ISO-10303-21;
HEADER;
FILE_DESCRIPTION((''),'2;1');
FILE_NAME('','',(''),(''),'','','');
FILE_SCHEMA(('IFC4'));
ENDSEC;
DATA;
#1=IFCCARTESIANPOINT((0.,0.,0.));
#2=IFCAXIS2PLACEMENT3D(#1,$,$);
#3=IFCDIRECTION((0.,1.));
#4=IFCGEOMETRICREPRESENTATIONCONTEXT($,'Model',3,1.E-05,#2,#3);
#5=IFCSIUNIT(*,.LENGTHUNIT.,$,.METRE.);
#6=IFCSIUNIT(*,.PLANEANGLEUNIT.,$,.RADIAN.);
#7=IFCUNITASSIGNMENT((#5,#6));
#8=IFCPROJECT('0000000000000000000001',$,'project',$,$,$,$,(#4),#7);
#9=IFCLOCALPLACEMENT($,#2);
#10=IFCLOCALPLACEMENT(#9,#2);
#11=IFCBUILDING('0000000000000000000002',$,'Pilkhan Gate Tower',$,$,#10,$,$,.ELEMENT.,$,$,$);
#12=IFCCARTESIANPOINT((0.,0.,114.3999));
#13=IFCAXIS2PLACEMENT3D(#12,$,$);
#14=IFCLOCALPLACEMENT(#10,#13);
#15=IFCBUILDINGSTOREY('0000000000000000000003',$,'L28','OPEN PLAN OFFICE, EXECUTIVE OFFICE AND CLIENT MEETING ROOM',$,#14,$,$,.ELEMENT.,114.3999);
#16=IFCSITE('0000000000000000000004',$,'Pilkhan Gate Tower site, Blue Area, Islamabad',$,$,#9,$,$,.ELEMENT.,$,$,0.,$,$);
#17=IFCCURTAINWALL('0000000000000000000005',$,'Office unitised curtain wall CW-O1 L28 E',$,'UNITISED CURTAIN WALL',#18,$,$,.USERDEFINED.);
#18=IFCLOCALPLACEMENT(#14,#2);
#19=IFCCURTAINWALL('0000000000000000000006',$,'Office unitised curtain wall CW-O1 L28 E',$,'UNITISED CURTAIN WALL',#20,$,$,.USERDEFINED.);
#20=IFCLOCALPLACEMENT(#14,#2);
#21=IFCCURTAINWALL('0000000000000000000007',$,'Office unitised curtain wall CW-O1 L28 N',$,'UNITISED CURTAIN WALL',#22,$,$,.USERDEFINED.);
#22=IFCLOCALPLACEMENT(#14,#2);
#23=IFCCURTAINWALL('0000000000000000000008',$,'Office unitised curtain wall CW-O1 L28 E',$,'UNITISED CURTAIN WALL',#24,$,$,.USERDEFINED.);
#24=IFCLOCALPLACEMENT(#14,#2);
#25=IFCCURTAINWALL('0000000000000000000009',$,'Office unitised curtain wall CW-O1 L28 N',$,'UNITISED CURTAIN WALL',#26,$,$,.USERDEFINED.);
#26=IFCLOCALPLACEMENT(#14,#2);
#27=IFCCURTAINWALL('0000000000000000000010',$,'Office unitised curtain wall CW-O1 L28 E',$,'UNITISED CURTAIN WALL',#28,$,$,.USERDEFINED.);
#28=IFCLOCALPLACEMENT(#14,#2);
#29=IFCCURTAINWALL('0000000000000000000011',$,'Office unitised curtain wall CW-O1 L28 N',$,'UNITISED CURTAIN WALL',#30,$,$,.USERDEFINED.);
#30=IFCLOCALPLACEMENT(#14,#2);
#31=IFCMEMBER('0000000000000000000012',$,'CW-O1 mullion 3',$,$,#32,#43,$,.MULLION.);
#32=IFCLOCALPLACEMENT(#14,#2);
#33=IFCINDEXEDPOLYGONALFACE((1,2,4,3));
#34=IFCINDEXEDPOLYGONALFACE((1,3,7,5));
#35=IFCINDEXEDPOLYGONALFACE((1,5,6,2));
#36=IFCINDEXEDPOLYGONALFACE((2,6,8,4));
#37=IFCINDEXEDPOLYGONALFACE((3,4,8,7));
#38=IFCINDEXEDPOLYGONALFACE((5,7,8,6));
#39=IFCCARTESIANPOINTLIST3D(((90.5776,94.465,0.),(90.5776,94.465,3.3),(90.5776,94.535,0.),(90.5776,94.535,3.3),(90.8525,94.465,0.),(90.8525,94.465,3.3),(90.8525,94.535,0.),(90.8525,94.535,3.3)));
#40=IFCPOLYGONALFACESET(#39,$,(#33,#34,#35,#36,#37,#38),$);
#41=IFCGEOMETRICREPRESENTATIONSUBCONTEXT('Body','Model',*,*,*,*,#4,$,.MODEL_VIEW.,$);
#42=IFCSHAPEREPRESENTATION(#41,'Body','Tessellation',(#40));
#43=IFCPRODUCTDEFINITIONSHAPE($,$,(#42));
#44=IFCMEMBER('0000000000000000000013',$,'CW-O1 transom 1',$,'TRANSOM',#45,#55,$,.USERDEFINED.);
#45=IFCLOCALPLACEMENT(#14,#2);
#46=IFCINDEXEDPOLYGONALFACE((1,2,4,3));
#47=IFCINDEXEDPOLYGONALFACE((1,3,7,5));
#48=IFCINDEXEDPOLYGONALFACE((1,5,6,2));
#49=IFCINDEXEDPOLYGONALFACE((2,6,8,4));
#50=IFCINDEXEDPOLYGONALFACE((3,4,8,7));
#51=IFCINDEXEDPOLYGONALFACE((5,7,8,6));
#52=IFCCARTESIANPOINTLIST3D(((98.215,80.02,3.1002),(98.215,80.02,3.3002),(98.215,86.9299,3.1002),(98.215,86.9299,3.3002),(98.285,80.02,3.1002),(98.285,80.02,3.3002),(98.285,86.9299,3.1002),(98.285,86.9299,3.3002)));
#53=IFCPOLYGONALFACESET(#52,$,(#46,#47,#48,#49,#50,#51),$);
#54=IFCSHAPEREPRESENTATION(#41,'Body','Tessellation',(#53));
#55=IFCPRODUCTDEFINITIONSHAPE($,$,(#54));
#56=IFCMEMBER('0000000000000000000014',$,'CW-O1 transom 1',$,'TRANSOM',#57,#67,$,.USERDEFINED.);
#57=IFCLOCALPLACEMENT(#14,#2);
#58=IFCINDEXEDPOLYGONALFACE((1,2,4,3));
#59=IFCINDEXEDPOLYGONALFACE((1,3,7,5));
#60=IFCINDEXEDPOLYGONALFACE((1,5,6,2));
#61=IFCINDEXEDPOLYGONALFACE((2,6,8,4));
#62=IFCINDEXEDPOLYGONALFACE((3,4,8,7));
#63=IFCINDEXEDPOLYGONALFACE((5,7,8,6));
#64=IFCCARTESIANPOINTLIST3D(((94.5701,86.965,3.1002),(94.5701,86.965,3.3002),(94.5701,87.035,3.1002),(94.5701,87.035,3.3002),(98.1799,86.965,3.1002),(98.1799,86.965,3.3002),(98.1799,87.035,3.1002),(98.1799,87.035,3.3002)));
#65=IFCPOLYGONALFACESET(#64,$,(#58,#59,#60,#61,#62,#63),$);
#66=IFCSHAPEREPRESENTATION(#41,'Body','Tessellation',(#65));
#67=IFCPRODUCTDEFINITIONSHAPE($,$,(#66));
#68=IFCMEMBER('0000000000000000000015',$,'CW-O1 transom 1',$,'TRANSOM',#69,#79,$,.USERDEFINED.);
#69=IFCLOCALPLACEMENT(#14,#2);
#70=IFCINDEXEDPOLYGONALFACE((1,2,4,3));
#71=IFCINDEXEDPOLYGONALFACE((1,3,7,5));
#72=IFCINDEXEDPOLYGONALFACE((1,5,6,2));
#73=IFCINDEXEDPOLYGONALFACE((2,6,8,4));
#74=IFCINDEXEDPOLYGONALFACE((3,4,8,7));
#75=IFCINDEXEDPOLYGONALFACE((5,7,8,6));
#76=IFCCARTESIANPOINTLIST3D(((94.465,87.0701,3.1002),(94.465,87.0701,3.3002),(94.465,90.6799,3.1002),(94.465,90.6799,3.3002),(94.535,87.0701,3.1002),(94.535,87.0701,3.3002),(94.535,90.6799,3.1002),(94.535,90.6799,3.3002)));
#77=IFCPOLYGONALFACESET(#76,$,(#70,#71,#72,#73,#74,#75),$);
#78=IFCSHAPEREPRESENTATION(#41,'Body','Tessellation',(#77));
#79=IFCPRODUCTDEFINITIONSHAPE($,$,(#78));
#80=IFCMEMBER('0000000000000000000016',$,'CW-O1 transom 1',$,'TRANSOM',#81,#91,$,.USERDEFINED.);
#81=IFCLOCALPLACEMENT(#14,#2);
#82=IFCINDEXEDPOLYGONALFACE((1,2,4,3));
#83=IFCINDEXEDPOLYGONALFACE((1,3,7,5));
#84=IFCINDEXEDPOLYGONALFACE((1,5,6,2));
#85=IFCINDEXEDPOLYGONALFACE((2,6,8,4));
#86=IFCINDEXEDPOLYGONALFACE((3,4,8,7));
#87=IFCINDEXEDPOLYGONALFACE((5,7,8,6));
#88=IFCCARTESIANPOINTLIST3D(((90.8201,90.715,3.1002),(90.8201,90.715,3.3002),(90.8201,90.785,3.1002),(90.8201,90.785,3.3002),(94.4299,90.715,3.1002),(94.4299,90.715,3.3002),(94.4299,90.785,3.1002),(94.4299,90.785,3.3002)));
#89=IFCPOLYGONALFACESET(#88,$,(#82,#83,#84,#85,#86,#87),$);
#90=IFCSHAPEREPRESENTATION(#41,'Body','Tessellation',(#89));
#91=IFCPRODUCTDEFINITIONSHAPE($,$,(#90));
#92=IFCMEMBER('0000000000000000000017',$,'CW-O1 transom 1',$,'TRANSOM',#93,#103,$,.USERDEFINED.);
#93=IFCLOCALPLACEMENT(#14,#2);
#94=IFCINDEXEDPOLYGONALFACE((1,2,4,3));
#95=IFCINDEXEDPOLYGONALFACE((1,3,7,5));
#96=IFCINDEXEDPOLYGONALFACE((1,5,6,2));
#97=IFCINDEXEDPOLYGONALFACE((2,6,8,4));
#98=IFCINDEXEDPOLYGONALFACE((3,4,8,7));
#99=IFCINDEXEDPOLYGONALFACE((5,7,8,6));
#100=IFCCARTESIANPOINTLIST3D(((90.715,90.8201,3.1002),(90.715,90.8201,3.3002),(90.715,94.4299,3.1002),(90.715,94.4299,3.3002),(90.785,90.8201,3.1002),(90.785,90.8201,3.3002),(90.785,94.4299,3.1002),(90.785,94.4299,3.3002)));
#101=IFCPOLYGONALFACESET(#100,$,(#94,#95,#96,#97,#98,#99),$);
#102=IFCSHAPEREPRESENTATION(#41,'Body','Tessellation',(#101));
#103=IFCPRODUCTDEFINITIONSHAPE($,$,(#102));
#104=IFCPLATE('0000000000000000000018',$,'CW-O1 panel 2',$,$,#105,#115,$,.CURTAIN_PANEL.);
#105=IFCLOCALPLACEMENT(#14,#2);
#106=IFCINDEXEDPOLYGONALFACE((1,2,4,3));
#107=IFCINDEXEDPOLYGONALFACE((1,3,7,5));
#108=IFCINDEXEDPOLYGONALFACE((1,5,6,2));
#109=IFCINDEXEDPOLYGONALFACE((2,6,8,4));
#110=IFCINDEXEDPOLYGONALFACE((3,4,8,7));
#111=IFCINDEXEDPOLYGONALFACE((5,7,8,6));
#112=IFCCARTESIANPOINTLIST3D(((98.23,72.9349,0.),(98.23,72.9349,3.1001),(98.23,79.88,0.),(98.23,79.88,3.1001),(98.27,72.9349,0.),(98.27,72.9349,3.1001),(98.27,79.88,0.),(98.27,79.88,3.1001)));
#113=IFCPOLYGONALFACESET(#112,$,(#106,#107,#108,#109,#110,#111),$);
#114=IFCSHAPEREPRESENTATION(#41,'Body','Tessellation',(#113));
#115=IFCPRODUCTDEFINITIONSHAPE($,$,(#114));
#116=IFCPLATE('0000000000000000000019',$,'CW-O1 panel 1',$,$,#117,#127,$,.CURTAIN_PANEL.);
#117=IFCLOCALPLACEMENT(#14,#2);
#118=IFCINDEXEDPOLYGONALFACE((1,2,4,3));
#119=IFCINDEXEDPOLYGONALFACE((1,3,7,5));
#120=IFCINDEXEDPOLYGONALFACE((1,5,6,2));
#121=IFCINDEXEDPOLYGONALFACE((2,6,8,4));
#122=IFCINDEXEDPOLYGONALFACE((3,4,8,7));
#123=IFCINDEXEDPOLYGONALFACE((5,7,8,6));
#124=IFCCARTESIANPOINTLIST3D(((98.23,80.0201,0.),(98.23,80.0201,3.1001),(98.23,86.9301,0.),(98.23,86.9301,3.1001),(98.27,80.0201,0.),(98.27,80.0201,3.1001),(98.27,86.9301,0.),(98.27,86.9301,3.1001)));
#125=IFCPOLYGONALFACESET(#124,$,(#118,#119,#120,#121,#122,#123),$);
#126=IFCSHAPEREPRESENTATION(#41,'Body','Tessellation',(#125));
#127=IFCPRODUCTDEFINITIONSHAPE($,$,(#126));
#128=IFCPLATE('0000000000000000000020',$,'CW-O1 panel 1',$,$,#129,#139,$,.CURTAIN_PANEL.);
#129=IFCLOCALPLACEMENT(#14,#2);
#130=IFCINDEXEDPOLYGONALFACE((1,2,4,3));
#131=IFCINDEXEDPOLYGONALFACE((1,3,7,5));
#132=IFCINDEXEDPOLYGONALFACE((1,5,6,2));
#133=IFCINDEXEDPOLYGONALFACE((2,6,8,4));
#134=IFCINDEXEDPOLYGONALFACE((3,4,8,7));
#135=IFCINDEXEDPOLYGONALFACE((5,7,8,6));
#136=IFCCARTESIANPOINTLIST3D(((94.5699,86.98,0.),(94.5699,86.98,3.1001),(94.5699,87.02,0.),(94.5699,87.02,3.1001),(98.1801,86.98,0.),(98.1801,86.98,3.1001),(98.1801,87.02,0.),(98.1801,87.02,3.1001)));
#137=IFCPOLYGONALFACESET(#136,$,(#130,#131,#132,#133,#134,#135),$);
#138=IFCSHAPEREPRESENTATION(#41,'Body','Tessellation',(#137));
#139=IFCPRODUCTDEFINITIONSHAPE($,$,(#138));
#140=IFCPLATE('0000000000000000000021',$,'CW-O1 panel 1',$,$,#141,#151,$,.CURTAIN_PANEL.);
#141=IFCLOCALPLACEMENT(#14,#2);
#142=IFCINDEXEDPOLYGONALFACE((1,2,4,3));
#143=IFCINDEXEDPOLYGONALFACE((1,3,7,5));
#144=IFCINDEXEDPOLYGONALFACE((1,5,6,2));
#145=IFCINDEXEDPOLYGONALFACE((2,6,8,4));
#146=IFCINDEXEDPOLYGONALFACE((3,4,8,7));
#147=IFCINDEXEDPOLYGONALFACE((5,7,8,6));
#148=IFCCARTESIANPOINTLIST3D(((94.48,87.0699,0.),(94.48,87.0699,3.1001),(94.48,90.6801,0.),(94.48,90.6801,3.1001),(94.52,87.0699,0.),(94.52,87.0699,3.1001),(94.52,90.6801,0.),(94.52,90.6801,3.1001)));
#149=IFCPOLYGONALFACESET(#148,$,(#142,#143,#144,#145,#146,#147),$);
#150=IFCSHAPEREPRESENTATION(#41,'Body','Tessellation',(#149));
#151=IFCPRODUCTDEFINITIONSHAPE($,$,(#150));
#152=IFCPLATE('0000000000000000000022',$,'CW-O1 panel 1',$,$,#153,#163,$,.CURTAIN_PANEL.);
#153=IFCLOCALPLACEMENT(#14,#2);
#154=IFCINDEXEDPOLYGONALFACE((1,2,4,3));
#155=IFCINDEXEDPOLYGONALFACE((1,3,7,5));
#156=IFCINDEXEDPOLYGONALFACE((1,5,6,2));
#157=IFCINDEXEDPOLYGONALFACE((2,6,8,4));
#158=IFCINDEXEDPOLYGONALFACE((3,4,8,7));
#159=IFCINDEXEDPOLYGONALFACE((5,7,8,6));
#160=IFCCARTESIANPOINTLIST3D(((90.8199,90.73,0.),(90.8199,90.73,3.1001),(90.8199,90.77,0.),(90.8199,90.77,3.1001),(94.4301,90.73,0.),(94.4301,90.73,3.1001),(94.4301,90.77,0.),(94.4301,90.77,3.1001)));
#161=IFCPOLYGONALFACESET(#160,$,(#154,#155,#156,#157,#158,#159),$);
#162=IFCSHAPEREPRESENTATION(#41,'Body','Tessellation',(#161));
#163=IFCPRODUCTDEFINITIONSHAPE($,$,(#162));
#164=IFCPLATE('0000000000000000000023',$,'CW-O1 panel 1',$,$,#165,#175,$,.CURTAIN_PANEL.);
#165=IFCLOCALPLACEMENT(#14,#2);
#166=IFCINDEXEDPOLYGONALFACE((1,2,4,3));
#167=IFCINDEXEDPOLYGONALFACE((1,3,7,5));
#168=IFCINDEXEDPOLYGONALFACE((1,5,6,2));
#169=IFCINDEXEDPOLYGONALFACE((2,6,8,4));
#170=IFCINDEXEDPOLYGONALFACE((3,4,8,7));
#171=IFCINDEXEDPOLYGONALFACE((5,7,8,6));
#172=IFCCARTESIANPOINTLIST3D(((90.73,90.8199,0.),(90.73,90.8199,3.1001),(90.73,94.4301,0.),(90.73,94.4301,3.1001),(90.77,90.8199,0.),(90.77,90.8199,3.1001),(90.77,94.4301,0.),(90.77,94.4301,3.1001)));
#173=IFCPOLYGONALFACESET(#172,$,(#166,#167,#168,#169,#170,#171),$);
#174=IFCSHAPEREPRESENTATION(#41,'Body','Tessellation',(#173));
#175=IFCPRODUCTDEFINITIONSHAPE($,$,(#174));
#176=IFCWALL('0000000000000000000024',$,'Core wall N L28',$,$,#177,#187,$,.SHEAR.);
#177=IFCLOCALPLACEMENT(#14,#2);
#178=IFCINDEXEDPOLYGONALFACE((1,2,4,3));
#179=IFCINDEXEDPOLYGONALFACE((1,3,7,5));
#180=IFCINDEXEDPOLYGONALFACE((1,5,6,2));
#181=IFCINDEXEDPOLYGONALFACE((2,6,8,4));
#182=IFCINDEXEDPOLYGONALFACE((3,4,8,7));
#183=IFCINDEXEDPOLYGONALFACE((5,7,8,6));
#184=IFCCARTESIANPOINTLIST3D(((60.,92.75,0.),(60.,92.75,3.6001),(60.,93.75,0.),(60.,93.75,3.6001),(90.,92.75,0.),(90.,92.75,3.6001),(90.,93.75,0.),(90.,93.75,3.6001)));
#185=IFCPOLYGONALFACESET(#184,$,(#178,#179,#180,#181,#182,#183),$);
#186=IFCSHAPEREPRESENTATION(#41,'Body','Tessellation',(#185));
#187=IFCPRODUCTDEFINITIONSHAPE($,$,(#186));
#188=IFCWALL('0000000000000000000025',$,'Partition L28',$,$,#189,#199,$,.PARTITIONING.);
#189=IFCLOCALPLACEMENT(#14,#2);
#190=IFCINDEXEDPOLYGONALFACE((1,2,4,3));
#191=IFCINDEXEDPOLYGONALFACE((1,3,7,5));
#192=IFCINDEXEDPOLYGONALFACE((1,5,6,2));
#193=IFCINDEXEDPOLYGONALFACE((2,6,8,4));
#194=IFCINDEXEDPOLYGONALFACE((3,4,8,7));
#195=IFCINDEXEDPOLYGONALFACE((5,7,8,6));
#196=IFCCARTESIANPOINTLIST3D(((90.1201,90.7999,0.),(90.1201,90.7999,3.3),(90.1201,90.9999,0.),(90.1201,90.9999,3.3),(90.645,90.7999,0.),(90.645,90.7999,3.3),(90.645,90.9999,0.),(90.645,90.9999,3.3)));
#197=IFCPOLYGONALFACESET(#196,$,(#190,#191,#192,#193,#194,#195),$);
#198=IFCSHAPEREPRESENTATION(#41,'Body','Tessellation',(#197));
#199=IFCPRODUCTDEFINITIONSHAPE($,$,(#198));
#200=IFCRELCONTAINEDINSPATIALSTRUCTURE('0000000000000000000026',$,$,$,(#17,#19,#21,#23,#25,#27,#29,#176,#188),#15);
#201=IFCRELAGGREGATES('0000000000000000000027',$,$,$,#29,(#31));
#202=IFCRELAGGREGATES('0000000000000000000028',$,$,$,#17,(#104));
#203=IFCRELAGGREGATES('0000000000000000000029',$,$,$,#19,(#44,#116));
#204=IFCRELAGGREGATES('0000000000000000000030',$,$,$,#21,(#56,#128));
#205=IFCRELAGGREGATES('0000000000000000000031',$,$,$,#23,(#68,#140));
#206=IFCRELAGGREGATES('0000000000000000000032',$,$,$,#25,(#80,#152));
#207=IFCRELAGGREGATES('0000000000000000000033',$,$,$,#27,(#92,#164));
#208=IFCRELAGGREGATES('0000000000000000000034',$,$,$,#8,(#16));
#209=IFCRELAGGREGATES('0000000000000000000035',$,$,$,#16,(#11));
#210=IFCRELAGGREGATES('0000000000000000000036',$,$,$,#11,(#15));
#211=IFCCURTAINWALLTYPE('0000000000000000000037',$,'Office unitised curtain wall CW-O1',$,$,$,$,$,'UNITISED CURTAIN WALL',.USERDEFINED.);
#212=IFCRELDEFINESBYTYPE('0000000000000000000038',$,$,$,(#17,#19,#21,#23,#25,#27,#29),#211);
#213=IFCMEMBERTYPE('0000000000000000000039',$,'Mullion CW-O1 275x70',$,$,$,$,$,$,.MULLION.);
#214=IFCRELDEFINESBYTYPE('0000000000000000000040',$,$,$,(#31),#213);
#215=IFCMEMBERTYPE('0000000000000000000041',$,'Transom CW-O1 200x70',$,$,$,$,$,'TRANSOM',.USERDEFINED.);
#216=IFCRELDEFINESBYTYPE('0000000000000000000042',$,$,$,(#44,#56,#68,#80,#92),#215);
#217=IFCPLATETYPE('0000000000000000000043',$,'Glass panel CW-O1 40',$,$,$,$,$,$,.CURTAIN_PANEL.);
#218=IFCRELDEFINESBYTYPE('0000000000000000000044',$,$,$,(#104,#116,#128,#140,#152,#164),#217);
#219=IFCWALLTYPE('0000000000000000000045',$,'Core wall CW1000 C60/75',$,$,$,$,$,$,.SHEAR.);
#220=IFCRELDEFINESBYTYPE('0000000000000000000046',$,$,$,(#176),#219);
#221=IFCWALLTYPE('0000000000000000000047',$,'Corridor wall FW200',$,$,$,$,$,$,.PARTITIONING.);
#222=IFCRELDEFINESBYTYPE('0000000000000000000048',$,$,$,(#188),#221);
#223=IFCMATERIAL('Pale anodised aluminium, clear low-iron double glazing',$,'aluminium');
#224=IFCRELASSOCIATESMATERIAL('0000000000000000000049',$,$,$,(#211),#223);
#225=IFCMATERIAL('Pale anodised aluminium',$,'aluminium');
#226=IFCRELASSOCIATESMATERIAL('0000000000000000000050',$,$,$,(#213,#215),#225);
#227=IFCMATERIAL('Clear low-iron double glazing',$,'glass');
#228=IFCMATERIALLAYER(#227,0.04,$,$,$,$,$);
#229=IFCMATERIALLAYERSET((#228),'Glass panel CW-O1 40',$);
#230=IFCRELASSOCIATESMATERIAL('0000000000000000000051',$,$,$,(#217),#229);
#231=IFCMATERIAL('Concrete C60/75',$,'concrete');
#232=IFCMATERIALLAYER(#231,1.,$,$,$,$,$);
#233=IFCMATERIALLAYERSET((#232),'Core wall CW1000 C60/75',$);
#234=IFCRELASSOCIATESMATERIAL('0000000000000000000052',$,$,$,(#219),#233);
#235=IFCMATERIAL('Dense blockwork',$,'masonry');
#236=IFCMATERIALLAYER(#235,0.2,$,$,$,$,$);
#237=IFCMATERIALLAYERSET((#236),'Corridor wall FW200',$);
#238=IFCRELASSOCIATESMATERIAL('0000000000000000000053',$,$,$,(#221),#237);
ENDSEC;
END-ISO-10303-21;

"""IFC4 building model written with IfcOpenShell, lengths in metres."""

from ifc_helpers import new_model, si_unit, direction, frame, frame_2d, origin, origin_2d, place, context, subcontext, project, spatial, rectangle, extrude, material, layer, layer_set, material_profile, profile_set, type_object, element, aggregate, save


model = new_model("IFC4")

# Units and contexts
model_context = context("Model", 3, precision=1e-05, world=origin(), true_north=direction((0.0, 1.0)))
body_context = subcontext(model_context, "Body", "Model", "MODEL_VIEW")
ifc_project = project(units=[si_unit("LENGTHUNIT", "METRE"), si_unit("PLANEANGLEUNIT", "RADIAN")], contexts=[model_context])

# Site, building, storey
site_placement = place(None, origin())
site = spatial("IfcSite", under=ifc_project, at=site_placement, Name="Pilkhan Gate Tower site, Blue Area, Islamabad", CompositionType="ELEMENT", RefElevation=0.0)
building_placement = place(site_placement, origin())
building = spatial("IfcBuilding", under=site, at=building_placement, Name="Pilkhan Gate Tower", CompositionType="ELEMENT")
storey_placement = place(building_placement, frame((0.0, 0.0, 114.3999)))
storey = spatial("IfcBuildingStorey", under=building, at=storey_placement, Name="L28", Description="OPEN PLAN OFFICE, EXECUTIVE OFFICE AND CLIENT MEETING ROOM", CompositionType="ELEMENT", Elevation=114.3999)

# Shared definitions
ifc_material_1 = material(Name="Concrete C60/75", Category="concrete")

# Curtain wall
ifc_material_2 = material(Name="Pale anodised aluminium, clear low-iron double glazing", Category="aluminium")
curtain_wall_type = type_object("IfcCurtainWallType", Name="Office unitised curtain wall CW-O1", ElementType="UNITISED CURTAIN WALL", PredefinedType="USERDEFINED", material=ifc_material_2)
curtain_wall_1_placement = place(storey_placement, origin())
curtain_wall_1 = element("IfcCurtainWall", 1, at=curtain_wall_1_placement, inside=storey, type_object=curtain_wall_type, Name="Office unitised curtain wall CW-O1 L28 E", ObjectType="UNITISED CURTAIN WALL", PredefinedType="USERDEFINED")
ifc_material_3 = material(Name="Pale anodised aluminium", Category="aluminium")
ifc_material_profile_1 = material_profile(ifc_material_3, rectangle(XDim=0.0701, YDim=0.2749, at=origin_2d()), Name="Mullion 275x70")
ifc_profile_set_1 = profile_set([ifc_material_profile_1], Name="Pale anodised aluminium")
member_type_1 = type_object("IfcMemberType", Name="Mullion CW-O1 275x70", PredefinedType="MULLION", material=ifc_profile_set_1)

# Curtain walls
curtain_wall_2_placement = place(storey_placement, origin())
curtain_wall_2 = element("IfcCurtainWall", 2, at=curtain_wall_2_placement, inside=storey, type_object=curtain_wall_type, Name="Office unitised curtain wall CW-O1 L28 E", ObjectType="UNITISED CURTAIN WALL", PredefinedType="USERDEFINED")
curtain_wall_3_placement = place(storey_placement, origin())
curtain_wall_3 = element("IfcCurtainWall", 3, at=curtain_wall_3_placement, inside=storey, type_object=curtain_wall_type, Name="Office unitised curtain wall CW-O1 L28 N", ObjectType="UNITISED CURTAIN WALL", PredefinedType="USERDEFINED")
curtain_wall_4_placement = place(storey_placement, origin())
curtain_wall_4 = element("IfcCurtainWall", 4, at=curtain_wall_4_placement, inside=storey, type_object=curtain_wall_type, Name="Office unitised curtain wall CW-O1 L28 E", ObjectType="UNITISED CURTAIN WALL", PredefinedType="USERDEFINED")
curtain_wall_5_placement = place(storey_placement, origin())
curtain_wall_5 = element("IfcCurtainWall", 5, at=curtain_wall_5_placement, inside=storey, type_object=curtain_wall_type, Name="Office unitised curtain wall CW-O1 L28 N", ObjectType="UNITISED CURTAIN WALL", PredefinedType="USERDEFINED")
curtain_wall_6_placement = place(storey_placement, origin())
curtain_wall_6 = element("IfcCurtainWall", 6, at=curtain_wall_6_placement, inside=storey, type_object=curtain_wall_type, Name="Office unitised curtain wall CW-O1 L28 E", ObjectType="UNITISED CURTAIN WALL", PredefinedType="USERDEFINED")

# Curtain wall, member
curtain_wall_7_placement = place(storey_placement, origin())
curtain_wall_7 = element("IfcCurtainWall", 7, at=curtain_wall_7_placement, inside=storey, type_object=curtain_wall_type, Name="Office unitised curtain wall CW-O1 L28 N", ObjectType="UNITISED CURTAIN WALL", PredefinedType="USERDEFINED")
member_1_placement = place(storey_placement, frame((90.7151, 94.5, 0.0), z_axis=(0.0, 0.0, 1.0), x_axis=(0.0, 1.0, 0.0)))
member_1 = element("IfcMember", 8, at=member_1_placement, type_object=member_type_1, Name="CW-O1 mullion 3", PredefinedType="MULLION", context=body_context, shape_type="SweptSolid", body=[
    extrude(rectangle(XDim=0.0701, YDim=0.2749, at=origin_2d()), origin(), (0.0, 0.0, 1.0), 3.3),
])
aggregate(curtain_wall_7, [member_1])

# Members
ifc_material_profile_2 = material_profile(ifc_material_3, rectangle(XDim=0.0701, YDim=0.2, at=origin_2d()), Name="Transom 200x70")
ifc_profile_set_2 = profile_set([ifc_material_profile_2], Name="Pale anodised aluminium")
member_type_2 = type_object("IfcMemberType", Name="Transom CW-O1 200x70", ElementType="TRANSOM", PredefinedType="USERDEFINED", material=ifc_profile_set_2)
member_2_placement = place(storey_placement, frame((98.25, 80.02, 3.2002), z_axis=(0.0, 1.0, 0.0), x_axis=(-1.0, 0.0, 0.0)))
member_2 = element("IfcMember", 9, at=member_2_placement, type_object=member_type_2, Name="CW-O1 transom 1", ObjectType="TRANSOM", PredefinedType="USERDEFINED", context=body_context, shape_type="SweptSolid", body=[
    extrude(rectangle(XDim=0.0701, YDim=0.2, at=origin_2d()), origin(), (0.0, 0.0, 1.0), 6.9099),
])
member_3_placement = place(storey_placement, frame((94.5701, 87.0, 3.2002), z_axis=(1.0, 0.0, 0.0), x_axis=(0.0, 1.0, 0.0)))
member_3 = element("IfcMember", 10, at=member_3_placement, type_object=member_type_2, Name="CW-O1 transom 1", ObjectType="TRANSOM", PredefinedType="USERDEFINED", context=body_context, shape_type="SweptSolid", body=[
    extrude(rectangle(XDim=0.0701, YDim=0.2, at=origin_2d()), origin(), (0.0, 0.0, 1.0), 3.6099),
])
member_4_placement = place(storey_placement, frame((94.5, 87.0701, 3.2002), z_axis=(0.0, 1.0, 0.0), x_axis=(-1.0, 0.0, 0.0)))
member_4 = element("IfcMember", 11, at=member_4_placement, type_object=member_type_2, Name="CW-O1 transom 1", ObjectType="TRANSOM", PredefinedType="USERDEFINED", context=body_context, shape_type="SweptSolid", body=[
    extrude(rectangle(XDim=0.0701, YDim=0.2, at=origin_2d()), origin(), (0.0, 0.0, 1.0), 3.6099),
])
member_5_placement = place(storey_placement, frame((90.8201, 90.75, 3.2002), z_axis=(1.0, 0.0, 0.0), x_axis=(0.0, 1.0, 0.0)))
member_5 = element("IfcMember", 12, at=member_5_placement, type_object=member_type_2, Name="CW-O1 transom 1", ObjectType="TRANSOM", PredefinedType="USERDEFINED", context=body_context, shape_type="SweptSolid", body=[
    extrude(rectangle(XDim=0.0701, YDim=0.2, at=origin_2d()), origin(), (0.0, 0.0, 1.0), 3.6099),
])
member_6_placement = place(storey_placement, frame((90.75, 90.8201, 3.2002), z_axis=(0.0, 1.0, 0.0), x_axis=(-1.0, 0.0, 0.0)))
member_6 = element("IfcMember", 13, at=member_6_placement, type_object=member_type_2, Name="CW-O1 transom 1", ObjectType="TRANSOM", PredefinedType="USERDEFINED", context=body_context, shape_type="SweptSolid", body=[
    extrude(rectangle(XDim=0.0701, YDim=0.2, at=origin_2d()), origin(), (0.0, 0.0, 1.0), 3.6099),
])

# Plates
ifc_material_4 = material(Name="Clear low-iron double glazing", Category="glass")
ifc_layer_1 = layer(ifc_material_4, 0.04)
ifc_layer_set_1 = layer_set([ifc_layer_1], Name="Glass panel CW-O1 40")
plate_type = type_object("IfcPlateType", Name="Glass panel CW-O1 40", PredefinedType="CURTAIN_PANEL", material=ifc_layer_set_1)
plate_1_placement = place(storey_placement, frame((98.25, 76.4075, 0.0), z_axis=(0.0, 0.0, 1.0), x_axis=(0.0, 1.0, 0.0)))
plate_1 = element("IfcPlate", 14, at=plate_1_placement, type_object=plate_type, Name="CW-O1 panel 2", PredefinedType="CURTAIN_PANEL", context=body_context, shape_type="SweptSolid", body=[
    extrude(rectangle(XDim=6.9451, YDim=0.04, at=origin_2d()), origin(), (0.0, 0.0, 1.0), 3.1001),
])
aggregate(curtain_wall_1, [plate_1])
plate_2_placement = place(storey_placement, frame((98.25, 83.4751, 0.0), z_axis=(0.0, 0.0, 1.0), x_axis=(0.0, 1.0, 0.0)))
plate_2 = element("IfcPlate", 15, at=plate_2_placement, type_object=plate_type, Name="CW-O1 panel 1", PredefinedType="CURTAIN_PANEL", context=body_context, shape_type="SweptSolid", body=[
    extrude(rectangle(XDim=6.9099, YDim=0.04, at=origin_2d()), origin(), (0.0, 0.0, 1.0), 3.1001),
])
aggregate(curtain_wall_2, [member_2, plate_2])
plate_3_placement = place(storey_placement, frame((96.375, 87.0, 0.0), z_axis=(0.0, 0.0, 1.0), x_axis=(1.0, 0.0, 0.0)))
plate_3 = element("IfcPlate", 16, at=plate_3_placement, type_object=plate_type, Name="CW-O1 panel 1", PredefinedType="CURTAIN_PANEL", context=body_context, shape_type="SweptSolid", body=[
    extrude(rectangle(XDim=3.6101, YDim=0.04, at=origin_2d()), origin(), (0.0, 0.0, 1.0), 3.1001),
])
aggregate(curtain_wall_3, [member_3, plate_3])
plate_4_placement = place(storey_placement, frame((94.5, 88.875, 0.0), z_axis=(0.0, 0.0, 1.0), x_axis=(0.0, 1.0, 0.0)))
plate_4 = element("IfcPlate", 17, at=plate_4_placement, type_object=plate_type, Name="CW-O1 panel 1", PredefinedType="CURTAIN_PANEL", context=body_context, shape_type="SweptSolid", body=[
    extrude(rectangle(XDim=3.6101, YDim=0.04, at=origin_2d()), origin(), (0.0, 0.0, 1.0), 3.1001),
])
aggregate(curtain_wall_4, [member_4, plate_4])
plate_5_placement = place(storey_placement, frame((92.625, 90.75, 0.0), z_axis=(0.0, 0.0, 1.0), x_axis=(1.0, 0.0, 0.0)))
plate_5 = element("IfcPlate", 18, at=plate_5_placement, type_object=plate_type, Name="CW-O1 panel 1", PredefinedType="CURTAIN_PANEL", context=body_context, shape_type="SweptSolid", body=[
    extrude(rectangle(XDim=3.6101, YDim=0.04, at=origin_2d()), origin(), (0.0, 0.0, 1.0), 3.1001),
])
aggregate(curtain_wall_5, [member_5, plate_5])
plate_6_placement = place(storey_placement, frame((90.75, 92.625, 0.0), z_axis=(0.0, 0.0, 1.0), x_axis=(0.0, 1.0, 0.0)))
plate_6 = element("IfcPlate", 19, at=plate_6_placement, type_object=plate_type, Name="CW-O1 panel 1", PredefinedType="CURTAIN_PANEL", context=body_context, shape_type="SweptSolid", body=[
    extrude(rectangle(XDim=3.6101, YDim=0.04, at=origin_2d()), origin(), (0.0, 0.0, 1.0), 3.1001),
])
aggregate(curtain_wall_6, [member_6, plate_6])

# Walls
ifc_layer_2 = layer(ifc_material_1, 1.0)
ifc_layer_set_2 = layer_set([ifc_layer_2], Name="Core wall CW1000 C60/75")
wall_type_1 = type_object("IfcWallType", Name="Core wall CW1000 C60/75", PredefinedType="SHEAR", material=ifc_layer_set_2)
wall_1_placement = place(storey_placement, frame((90.0, 93.25, 0.0), z_axis=(0.0, 0.0, 1.0), x_axis=(-1.0, 0.0, 0.0)))
element("IfcWall", 20, at=wall_1_placement, inside=storey, type_object=wall_type_1, Name="Core wall N L28", PredefinedType="SHEAR", context=body_context, shape_type="SweptSolid", body=[
    extrude(rectangle(XDim=30.0, YDim=1.0, at=frame_2d((15.0, 0.0))), origin(), (0.0, 0.0, 1.0), 3.6001),
])
ifc_material_5 = material(Name="Dense blockwork", Category="masonry")
ifc_layer_3 = layer(ifc_material_5, 0.2)
ifc_layer_set_3 = layer_set([ifc_layer_3], Name="Corridor wall FW200")
wall_type_2 = type_object("IfcWallType", Name="Corridor wall FW200", PredefinedType="PARTITIONING", material=ifc_layer_set_3)
wall_2_placement = place(storey_placement, frame((90.1201, 90.8999, 0.0), z_axis=(0.0, 0.0, 1.0), x_axis=(1.0, 0.0, 0.0)))
element("IfcWall", 21, at=wall_2_placement, inside=storey, type_object=wall_type_2, Name="Partition L28", PredefinedType="PARTITIONING", context=body_context, shape_type="SweptSolid", body=[
    extrude(rectangle(XDim=0.5249, YDim=0.2, at=frame_2d((0.2625, 0.0))), origin(), (0.0, 0.0, 1.0), 3.3),
])

save(model, "model.ifc")
